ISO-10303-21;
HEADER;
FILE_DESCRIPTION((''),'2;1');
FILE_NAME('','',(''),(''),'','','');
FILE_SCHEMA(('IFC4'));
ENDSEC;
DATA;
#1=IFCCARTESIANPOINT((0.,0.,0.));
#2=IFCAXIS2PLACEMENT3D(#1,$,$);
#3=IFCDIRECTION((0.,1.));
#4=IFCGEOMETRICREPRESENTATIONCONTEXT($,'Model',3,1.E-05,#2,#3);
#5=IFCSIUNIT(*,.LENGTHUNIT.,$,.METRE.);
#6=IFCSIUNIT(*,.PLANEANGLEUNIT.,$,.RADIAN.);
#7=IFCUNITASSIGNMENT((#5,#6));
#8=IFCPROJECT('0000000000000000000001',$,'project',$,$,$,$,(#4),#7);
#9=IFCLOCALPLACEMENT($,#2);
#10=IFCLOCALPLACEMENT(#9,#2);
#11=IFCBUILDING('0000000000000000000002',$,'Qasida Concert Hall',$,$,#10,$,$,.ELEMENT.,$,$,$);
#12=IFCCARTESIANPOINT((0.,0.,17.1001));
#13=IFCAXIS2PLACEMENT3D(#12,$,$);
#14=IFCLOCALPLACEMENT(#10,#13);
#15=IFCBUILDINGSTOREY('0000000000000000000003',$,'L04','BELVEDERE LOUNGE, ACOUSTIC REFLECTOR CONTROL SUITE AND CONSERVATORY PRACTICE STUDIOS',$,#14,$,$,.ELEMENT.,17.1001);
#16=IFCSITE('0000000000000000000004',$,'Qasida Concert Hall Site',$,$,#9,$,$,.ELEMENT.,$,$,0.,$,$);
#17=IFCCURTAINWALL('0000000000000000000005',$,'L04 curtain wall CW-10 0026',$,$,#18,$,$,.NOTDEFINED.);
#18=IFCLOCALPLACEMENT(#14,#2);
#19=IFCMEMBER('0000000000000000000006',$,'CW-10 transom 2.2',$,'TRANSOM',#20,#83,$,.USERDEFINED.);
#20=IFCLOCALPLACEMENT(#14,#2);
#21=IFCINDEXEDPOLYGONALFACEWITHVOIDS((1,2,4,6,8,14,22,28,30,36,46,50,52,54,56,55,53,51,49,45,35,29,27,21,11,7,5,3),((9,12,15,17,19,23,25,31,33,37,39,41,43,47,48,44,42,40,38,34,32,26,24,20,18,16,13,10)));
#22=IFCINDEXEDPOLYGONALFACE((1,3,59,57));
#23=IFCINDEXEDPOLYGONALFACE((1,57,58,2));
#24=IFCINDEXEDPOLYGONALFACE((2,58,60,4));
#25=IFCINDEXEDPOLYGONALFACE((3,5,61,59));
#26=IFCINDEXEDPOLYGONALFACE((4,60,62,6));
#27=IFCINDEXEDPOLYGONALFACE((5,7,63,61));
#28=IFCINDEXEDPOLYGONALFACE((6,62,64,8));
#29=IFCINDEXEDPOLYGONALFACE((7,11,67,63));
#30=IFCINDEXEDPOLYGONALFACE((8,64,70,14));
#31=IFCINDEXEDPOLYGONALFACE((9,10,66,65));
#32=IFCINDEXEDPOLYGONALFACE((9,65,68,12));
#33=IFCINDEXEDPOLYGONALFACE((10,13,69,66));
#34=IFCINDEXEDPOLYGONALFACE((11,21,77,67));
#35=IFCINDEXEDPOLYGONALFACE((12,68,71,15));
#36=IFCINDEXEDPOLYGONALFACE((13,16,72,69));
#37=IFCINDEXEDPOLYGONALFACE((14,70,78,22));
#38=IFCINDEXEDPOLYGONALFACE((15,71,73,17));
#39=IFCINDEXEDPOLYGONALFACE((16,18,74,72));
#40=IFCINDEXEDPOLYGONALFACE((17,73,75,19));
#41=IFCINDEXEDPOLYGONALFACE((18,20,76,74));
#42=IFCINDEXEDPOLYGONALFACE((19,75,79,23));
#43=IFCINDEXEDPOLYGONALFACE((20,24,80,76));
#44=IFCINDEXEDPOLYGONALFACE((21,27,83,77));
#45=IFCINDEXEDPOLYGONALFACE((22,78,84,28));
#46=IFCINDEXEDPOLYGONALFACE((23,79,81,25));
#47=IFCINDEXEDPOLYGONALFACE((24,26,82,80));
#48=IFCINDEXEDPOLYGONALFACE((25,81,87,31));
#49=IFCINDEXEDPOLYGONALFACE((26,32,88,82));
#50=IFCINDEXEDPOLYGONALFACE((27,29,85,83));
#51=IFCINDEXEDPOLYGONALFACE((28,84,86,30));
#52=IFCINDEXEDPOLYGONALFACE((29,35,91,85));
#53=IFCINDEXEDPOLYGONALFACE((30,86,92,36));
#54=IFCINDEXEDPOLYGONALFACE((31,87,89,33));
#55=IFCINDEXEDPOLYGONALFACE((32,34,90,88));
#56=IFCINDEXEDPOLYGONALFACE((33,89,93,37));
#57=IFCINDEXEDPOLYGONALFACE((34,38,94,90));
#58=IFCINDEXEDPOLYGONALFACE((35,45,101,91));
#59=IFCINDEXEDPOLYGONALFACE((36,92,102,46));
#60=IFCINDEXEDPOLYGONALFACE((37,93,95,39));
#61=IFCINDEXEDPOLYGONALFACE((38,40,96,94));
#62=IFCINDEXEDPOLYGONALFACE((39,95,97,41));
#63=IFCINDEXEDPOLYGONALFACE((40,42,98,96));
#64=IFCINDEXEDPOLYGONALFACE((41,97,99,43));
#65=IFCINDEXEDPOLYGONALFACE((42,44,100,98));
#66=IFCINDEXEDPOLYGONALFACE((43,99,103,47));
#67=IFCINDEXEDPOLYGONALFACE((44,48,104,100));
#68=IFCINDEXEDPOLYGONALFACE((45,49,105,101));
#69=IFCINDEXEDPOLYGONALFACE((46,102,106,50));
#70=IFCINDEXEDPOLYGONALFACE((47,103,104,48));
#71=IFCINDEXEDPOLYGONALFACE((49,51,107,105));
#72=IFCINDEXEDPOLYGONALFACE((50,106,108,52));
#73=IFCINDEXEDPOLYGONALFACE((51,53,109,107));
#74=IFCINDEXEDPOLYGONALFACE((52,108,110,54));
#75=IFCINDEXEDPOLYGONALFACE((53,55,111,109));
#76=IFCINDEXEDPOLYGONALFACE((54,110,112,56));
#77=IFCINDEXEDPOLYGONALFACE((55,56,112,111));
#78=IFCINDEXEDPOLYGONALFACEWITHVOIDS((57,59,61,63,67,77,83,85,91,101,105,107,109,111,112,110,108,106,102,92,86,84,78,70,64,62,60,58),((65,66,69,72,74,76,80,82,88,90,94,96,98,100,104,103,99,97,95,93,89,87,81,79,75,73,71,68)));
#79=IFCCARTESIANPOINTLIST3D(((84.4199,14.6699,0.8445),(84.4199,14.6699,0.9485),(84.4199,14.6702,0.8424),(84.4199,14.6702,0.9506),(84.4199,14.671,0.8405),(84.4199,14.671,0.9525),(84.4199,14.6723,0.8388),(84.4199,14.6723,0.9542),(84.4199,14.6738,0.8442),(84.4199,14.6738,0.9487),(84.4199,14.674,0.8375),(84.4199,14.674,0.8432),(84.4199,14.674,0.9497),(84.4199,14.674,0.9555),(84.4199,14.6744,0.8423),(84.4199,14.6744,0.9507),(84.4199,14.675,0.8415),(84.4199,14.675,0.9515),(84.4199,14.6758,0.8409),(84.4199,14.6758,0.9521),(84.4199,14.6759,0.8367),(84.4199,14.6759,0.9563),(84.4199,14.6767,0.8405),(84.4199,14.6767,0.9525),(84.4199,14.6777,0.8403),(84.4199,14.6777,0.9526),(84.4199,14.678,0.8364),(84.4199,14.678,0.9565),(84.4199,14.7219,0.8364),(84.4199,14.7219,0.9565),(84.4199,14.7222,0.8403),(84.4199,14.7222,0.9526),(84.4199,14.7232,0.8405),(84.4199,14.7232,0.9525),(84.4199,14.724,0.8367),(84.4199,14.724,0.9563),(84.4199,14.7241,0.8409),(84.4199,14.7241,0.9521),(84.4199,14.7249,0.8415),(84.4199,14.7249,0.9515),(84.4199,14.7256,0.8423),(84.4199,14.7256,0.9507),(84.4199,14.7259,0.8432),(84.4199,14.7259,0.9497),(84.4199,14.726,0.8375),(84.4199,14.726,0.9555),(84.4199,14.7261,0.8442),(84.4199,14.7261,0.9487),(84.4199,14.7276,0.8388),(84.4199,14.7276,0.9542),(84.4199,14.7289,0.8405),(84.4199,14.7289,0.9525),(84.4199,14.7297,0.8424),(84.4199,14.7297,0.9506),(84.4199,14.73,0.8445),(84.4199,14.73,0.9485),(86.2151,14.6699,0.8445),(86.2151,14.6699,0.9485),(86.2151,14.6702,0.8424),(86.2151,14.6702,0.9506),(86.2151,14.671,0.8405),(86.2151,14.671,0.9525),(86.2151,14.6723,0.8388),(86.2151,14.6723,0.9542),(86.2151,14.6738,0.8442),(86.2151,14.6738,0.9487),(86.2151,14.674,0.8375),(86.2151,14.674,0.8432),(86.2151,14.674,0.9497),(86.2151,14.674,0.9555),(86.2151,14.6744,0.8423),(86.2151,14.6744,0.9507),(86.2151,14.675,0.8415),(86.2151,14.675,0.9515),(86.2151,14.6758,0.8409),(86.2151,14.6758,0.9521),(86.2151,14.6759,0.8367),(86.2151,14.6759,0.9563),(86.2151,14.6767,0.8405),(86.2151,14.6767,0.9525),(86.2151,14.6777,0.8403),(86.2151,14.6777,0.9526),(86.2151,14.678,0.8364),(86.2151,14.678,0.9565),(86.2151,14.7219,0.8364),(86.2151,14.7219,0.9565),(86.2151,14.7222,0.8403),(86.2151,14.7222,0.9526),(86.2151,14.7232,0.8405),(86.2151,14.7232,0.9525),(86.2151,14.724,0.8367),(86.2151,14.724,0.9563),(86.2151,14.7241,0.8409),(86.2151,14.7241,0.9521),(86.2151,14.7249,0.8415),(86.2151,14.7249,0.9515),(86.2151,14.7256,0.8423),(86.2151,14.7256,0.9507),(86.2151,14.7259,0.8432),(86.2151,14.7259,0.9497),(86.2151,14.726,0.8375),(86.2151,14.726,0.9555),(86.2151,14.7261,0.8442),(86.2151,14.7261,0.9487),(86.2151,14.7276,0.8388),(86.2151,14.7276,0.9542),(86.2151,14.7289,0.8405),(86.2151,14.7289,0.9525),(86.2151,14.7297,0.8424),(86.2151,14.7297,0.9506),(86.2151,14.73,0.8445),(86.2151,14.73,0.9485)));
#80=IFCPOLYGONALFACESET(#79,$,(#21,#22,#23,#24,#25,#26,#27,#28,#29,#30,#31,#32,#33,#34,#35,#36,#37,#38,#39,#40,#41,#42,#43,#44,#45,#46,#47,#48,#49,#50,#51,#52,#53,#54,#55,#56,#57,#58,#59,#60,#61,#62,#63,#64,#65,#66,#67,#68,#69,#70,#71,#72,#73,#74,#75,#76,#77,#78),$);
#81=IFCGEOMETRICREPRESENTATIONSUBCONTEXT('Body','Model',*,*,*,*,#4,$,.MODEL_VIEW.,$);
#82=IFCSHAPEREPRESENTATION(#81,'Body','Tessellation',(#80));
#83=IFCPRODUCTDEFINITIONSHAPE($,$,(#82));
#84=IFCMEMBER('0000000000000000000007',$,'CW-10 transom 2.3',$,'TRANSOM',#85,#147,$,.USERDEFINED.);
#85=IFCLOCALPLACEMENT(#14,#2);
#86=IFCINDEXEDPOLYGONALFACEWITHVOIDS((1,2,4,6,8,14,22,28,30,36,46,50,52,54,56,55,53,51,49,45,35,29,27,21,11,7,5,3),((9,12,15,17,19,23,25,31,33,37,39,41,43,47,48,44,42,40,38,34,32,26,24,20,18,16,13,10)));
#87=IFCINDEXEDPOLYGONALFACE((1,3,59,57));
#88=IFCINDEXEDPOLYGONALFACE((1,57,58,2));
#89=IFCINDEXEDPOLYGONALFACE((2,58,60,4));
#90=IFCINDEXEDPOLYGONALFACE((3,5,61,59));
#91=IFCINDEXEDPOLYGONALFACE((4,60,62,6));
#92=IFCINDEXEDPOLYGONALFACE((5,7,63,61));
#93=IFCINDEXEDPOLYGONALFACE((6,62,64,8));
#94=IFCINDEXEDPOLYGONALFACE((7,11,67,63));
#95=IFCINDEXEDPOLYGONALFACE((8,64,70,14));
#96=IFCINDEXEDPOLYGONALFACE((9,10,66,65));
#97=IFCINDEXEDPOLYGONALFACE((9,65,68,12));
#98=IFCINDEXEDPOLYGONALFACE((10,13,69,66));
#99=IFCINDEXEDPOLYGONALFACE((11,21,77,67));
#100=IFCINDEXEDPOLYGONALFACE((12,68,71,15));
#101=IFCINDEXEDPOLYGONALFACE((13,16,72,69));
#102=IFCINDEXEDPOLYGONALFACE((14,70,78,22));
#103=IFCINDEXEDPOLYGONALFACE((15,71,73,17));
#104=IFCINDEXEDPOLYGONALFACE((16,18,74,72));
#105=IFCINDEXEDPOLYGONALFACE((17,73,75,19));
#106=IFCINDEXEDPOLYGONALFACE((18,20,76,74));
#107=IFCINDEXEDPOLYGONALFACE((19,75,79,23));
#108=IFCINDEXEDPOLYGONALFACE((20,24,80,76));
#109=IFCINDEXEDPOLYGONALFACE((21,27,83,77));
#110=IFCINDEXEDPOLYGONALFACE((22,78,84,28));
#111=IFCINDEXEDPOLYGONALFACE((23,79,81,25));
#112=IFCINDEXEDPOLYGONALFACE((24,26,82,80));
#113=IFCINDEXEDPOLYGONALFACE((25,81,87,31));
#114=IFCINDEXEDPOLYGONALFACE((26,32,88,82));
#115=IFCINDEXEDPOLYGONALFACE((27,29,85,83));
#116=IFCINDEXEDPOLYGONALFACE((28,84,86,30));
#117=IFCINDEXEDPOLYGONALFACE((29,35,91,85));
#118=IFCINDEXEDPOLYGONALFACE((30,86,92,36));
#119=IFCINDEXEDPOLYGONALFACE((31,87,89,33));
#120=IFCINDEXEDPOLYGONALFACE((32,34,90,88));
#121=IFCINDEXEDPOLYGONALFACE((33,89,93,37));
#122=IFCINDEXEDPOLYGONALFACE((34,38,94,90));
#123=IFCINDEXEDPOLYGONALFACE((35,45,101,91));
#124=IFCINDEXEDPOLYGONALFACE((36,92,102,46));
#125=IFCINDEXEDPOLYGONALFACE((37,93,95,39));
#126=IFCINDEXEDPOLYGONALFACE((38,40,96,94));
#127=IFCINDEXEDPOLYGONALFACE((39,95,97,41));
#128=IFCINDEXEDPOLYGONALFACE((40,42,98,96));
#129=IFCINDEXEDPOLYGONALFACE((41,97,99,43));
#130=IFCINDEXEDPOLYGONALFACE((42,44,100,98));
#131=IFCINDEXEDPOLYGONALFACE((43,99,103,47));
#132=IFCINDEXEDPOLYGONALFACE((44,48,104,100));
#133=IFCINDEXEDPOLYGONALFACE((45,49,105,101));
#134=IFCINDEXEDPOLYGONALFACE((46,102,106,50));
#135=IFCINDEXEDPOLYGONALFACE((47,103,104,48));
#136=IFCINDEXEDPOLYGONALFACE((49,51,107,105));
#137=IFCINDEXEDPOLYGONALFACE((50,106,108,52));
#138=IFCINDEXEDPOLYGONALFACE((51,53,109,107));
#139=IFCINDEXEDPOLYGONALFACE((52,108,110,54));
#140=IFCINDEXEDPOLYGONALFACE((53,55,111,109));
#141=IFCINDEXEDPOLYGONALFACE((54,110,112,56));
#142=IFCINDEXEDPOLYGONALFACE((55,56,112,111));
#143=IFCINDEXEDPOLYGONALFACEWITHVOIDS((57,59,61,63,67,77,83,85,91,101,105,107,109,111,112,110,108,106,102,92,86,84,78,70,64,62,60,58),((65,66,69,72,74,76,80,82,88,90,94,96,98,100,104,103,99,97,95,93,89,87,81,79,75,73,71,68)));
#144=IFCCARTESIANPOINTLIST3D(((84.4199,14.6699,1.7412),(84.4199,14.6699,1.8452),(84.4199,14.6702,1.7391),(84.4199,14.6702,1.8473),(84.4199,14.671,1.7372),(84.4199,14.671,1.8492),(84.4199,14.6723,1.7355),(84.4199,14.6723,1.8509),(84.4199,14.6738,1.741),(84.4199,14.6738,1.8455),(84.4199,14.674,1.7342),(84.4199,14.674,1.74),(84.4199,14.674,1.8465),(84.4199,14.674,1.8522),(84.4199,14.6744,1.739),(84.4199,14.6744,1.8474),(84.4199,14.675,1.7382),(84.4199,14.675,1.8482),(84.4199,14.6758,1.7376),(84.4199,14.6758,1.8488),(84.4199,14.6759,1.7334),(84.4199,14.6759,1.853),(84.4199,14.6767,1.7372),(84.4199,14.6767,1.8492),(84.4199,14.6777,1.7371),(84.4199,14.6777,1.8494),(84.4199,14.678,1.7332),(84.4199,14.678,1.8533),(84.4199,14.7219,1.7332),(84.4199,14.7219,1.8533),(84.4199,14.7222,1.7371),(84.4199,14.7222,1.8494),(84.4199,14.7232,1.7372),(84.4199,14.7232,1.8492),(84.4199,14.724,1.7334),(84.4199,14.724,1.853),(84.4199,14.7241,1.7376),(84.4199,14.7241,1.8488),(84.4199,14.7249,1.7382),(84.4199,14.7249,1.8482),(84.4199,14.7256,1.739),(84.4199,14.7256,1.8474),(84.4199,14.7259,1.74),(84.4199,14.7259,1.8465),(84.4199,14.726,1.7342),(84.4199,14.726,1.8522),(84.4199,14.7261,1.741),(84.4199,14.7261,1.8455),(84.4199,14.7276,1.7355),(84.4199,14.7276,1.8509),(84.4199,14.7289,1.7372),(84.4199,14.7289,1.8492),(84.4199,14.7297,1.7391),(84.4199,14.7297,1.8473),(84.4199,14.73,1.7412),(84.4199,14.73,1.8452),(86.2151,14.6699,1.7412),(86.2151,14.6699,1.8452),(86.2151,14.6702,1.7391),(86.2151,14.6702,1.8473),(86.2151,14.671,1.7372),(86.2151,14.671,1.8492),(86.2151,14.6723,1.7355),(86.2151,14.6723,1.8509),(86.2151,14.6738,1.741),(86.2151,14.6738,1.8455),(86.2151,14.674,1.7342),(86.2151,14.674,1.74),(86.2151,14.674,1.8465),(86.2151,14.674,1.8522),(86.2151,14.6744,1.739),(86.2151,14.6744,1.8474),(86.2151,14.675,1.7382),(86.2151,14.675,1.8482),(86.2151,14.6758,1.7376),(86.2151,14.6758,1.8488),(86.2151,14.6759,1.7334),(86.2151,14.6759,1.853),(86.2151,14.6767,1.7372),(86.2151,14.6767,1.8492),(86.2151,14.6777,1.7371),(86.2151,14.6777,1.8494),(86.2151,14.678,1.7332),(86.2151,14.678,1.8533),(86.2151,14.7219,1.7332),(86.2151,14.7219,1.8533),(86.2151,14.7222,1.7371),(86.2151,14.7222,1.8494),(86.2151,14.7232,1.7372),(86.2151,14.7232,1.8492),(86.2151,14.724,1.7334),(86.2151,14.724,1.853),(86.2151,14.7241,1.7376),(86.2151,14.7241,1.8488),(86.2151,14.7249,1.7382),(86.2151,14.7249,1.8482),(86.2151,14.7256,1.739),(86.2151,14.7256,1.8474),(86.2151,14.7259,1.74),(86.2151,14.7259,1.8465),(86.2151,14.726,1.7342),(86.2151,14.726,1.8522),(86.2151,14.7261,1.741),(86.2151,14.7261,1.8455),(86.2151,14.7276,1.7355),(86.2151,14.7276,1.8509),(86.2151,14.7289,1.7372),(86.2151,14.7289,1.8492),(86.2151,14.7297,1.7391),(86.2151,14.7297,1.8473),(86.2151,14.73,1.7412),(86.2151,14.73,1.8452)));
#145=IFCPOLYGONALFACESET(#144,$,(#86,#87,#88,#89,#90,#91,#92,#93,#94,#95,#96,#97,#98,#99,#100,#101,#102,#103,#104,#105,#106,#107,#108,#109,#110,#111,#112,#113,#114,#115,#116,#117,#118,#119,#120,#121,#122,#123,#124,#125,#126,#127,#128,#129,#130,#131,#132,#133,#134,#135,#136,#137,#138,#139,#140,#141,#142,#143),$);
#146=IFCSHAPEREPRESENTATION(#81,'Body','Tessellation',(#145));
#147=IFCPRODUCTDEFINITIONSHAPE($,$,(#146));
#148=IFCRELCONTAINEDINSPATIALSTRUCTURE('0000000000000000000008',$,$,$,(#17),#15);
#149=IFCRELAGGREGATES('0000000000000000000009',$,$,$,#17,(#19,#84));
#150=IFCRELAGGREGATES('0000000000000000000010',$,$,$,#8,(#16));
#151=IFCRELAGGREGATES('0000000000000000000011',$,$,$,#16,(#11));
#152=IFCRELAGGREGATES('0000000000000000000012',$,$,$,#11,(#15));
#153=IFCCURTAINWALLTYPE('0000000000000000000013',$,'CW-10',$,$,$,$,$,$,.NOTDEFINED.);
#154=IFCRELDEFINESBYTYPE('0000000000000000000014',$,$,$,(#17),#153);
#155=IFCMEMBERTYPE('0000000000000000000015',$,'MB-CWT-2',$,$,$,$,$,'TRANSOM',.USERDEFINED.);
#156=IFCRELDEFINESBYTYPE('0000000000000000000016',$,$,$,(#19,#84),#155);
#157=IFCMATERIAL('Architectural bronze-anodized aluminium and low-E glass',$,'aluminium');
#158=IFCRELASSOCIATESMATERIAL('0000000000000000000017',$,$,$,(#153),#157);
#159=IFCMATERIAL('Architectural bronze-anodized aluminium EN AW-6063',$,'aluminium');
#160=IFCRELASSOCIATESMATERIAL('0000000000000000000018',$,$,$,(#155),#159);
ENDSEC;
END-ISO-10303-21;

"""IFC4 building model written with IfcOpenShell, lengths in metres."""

from ifc_helpers import new_model, si_unit, direction, frame, origin, origin_2d, place, context, subcontext, project, spatial, hollow_rectangle, extrude, material, material_profile, profile_set, type_object, element, aggregate, save


model = new_model("IFC4")

# Units and contexts
model_context = context("Model", 3, precision=1e-05, world=origin(), true_north=direction((0.0, 1.0)))
body_context = subcontext(model_context, "Body", "Model", "MODEL_VIEW")
ifc_project = project(units=[si_unit("LENGTHUNIT", "METRE"), si_unit("PLANEANGLEUNIT", "RADIAN")], contexts=[model_context])

# Site, building, storey
site_placement = place(None, origin())
site = spatial("IfcSite", under=ifc_project, at=site_placement, Name="Qasida Concert Hall Site", CompositionType="ELEMENT", RefElevation=0.0)
building_placement = place(site_placement, origin())
building = spatial("IfcBuilding", under=site, at=building_placement, Name="Qasida Concert Hall", CompositionType="ELEMENT")
storey_placement = place(building_placement, frame((0.0, 0.0, 17.1001)))
storey = spatial("IfcBuildingStorey", under=building, at=storey_placement, Name="L04", Description="BELVEDERE LOUNGE, ACOUSTIC REFLECTOR CONTROL SUITE AND CONSERVATORY PRACTICE STUDIOS", CompositionType="ELEMENT", Elevation=17.1001)

# Curtain wall, members
ifc_material_1 = material(Name="Architectural bronze-anodized aluminium and low-E glass", Category="aluminium")
curtain_wall_type = type_object("IfcCurtainWallType", Name="CW-10", PredefinedType="NOTDEFINED", material=ifc_material_1)
curtain_wall_placement = place(storey_placement, origin())
curtain_wall = element("IfcCurtainWall", 1, at=curtain_wall_placement, inside=storey, type_object=curtain_wall_type, Name="L04 curtain wall CW-10 0026", PredefinedType="NOTDEFINED")
ifc_material_2 = material(Name="Architectural bronze-anodized aluminium EN AW-6063", Category="aluminium")
ifc_material_profile_1 = material_profile(ifc_material_2, hollow_rectangle(XDim=0.0601, YDim=0.1201, WallThickness=0.0039, InnerFilletRadius=0.0039, OuterFilletRadius=0.0081, at=origin_2d()), Name="CWT 120x60x4")
ifc_profile_set_1 = profile_set([ifc_material_profile_1], Name="Architectural bronze-anodized aluminium EN AW-6063")
member_type_1 = type_object("IfcMemberType", Name="MB-CWT-2", ElementType="TRANSOM", PredefinedType="USERDEFINED", material=ifc_profile_set_1)
member_1_placement = place(storey_placement, frame((84.4199, 14.7, 0.8965), z_axis=(1.0, 0.0, 0.0), x_axis=(0.0, 1.0, 0.0)))
member_1 = element("IfcMember", 2, at=member_1_placement, type_object=member_type_1, Name="CW-10 transom 2.2", ObjectType="TRANSOM", PredefinedType="USERDEFINED", context=body_context, shape_type="SweptSolid", body=[
    extrude(hollow_rectangle(XDim=0.0601, YDim=0.1201, WallThickness=0.0039, InnerFilletRadius=0.0039, OuterFilletRadius=0.0081, at=origin_2d()), origin(), (0.0, 0.0, 1.0), 1.7952),
])
member_2_placement = place(storey_placement, frame((84.4199, 14.7, 1.7932), z_axis=(1.0, 0.0, 0.0), x_axis=(0.0, 1.0, 0.0)))
member_2 = element("IfcMember", 3, at=member_2_placement, type_object=member_type_1, Name="CW-10 transom 2.3", ObjectType="TRANSOM", PredefinedType="USERDEFINED", context=body_context, shape_type="SweptSolid", body=[
    extrude(hollow_rectangle(XDim=0.0601, YDim=0.1201, WallThickness=0.0039, InnerFilletRadius=0.0039, OuterFilletRadius=0.0081, at=origin_2d()), origin(), (0.0, 0.0, 1.0), 1.7952),
])
aggregate(curtain_wall, [member_1, member_2])

save(model, "model.ifc")
